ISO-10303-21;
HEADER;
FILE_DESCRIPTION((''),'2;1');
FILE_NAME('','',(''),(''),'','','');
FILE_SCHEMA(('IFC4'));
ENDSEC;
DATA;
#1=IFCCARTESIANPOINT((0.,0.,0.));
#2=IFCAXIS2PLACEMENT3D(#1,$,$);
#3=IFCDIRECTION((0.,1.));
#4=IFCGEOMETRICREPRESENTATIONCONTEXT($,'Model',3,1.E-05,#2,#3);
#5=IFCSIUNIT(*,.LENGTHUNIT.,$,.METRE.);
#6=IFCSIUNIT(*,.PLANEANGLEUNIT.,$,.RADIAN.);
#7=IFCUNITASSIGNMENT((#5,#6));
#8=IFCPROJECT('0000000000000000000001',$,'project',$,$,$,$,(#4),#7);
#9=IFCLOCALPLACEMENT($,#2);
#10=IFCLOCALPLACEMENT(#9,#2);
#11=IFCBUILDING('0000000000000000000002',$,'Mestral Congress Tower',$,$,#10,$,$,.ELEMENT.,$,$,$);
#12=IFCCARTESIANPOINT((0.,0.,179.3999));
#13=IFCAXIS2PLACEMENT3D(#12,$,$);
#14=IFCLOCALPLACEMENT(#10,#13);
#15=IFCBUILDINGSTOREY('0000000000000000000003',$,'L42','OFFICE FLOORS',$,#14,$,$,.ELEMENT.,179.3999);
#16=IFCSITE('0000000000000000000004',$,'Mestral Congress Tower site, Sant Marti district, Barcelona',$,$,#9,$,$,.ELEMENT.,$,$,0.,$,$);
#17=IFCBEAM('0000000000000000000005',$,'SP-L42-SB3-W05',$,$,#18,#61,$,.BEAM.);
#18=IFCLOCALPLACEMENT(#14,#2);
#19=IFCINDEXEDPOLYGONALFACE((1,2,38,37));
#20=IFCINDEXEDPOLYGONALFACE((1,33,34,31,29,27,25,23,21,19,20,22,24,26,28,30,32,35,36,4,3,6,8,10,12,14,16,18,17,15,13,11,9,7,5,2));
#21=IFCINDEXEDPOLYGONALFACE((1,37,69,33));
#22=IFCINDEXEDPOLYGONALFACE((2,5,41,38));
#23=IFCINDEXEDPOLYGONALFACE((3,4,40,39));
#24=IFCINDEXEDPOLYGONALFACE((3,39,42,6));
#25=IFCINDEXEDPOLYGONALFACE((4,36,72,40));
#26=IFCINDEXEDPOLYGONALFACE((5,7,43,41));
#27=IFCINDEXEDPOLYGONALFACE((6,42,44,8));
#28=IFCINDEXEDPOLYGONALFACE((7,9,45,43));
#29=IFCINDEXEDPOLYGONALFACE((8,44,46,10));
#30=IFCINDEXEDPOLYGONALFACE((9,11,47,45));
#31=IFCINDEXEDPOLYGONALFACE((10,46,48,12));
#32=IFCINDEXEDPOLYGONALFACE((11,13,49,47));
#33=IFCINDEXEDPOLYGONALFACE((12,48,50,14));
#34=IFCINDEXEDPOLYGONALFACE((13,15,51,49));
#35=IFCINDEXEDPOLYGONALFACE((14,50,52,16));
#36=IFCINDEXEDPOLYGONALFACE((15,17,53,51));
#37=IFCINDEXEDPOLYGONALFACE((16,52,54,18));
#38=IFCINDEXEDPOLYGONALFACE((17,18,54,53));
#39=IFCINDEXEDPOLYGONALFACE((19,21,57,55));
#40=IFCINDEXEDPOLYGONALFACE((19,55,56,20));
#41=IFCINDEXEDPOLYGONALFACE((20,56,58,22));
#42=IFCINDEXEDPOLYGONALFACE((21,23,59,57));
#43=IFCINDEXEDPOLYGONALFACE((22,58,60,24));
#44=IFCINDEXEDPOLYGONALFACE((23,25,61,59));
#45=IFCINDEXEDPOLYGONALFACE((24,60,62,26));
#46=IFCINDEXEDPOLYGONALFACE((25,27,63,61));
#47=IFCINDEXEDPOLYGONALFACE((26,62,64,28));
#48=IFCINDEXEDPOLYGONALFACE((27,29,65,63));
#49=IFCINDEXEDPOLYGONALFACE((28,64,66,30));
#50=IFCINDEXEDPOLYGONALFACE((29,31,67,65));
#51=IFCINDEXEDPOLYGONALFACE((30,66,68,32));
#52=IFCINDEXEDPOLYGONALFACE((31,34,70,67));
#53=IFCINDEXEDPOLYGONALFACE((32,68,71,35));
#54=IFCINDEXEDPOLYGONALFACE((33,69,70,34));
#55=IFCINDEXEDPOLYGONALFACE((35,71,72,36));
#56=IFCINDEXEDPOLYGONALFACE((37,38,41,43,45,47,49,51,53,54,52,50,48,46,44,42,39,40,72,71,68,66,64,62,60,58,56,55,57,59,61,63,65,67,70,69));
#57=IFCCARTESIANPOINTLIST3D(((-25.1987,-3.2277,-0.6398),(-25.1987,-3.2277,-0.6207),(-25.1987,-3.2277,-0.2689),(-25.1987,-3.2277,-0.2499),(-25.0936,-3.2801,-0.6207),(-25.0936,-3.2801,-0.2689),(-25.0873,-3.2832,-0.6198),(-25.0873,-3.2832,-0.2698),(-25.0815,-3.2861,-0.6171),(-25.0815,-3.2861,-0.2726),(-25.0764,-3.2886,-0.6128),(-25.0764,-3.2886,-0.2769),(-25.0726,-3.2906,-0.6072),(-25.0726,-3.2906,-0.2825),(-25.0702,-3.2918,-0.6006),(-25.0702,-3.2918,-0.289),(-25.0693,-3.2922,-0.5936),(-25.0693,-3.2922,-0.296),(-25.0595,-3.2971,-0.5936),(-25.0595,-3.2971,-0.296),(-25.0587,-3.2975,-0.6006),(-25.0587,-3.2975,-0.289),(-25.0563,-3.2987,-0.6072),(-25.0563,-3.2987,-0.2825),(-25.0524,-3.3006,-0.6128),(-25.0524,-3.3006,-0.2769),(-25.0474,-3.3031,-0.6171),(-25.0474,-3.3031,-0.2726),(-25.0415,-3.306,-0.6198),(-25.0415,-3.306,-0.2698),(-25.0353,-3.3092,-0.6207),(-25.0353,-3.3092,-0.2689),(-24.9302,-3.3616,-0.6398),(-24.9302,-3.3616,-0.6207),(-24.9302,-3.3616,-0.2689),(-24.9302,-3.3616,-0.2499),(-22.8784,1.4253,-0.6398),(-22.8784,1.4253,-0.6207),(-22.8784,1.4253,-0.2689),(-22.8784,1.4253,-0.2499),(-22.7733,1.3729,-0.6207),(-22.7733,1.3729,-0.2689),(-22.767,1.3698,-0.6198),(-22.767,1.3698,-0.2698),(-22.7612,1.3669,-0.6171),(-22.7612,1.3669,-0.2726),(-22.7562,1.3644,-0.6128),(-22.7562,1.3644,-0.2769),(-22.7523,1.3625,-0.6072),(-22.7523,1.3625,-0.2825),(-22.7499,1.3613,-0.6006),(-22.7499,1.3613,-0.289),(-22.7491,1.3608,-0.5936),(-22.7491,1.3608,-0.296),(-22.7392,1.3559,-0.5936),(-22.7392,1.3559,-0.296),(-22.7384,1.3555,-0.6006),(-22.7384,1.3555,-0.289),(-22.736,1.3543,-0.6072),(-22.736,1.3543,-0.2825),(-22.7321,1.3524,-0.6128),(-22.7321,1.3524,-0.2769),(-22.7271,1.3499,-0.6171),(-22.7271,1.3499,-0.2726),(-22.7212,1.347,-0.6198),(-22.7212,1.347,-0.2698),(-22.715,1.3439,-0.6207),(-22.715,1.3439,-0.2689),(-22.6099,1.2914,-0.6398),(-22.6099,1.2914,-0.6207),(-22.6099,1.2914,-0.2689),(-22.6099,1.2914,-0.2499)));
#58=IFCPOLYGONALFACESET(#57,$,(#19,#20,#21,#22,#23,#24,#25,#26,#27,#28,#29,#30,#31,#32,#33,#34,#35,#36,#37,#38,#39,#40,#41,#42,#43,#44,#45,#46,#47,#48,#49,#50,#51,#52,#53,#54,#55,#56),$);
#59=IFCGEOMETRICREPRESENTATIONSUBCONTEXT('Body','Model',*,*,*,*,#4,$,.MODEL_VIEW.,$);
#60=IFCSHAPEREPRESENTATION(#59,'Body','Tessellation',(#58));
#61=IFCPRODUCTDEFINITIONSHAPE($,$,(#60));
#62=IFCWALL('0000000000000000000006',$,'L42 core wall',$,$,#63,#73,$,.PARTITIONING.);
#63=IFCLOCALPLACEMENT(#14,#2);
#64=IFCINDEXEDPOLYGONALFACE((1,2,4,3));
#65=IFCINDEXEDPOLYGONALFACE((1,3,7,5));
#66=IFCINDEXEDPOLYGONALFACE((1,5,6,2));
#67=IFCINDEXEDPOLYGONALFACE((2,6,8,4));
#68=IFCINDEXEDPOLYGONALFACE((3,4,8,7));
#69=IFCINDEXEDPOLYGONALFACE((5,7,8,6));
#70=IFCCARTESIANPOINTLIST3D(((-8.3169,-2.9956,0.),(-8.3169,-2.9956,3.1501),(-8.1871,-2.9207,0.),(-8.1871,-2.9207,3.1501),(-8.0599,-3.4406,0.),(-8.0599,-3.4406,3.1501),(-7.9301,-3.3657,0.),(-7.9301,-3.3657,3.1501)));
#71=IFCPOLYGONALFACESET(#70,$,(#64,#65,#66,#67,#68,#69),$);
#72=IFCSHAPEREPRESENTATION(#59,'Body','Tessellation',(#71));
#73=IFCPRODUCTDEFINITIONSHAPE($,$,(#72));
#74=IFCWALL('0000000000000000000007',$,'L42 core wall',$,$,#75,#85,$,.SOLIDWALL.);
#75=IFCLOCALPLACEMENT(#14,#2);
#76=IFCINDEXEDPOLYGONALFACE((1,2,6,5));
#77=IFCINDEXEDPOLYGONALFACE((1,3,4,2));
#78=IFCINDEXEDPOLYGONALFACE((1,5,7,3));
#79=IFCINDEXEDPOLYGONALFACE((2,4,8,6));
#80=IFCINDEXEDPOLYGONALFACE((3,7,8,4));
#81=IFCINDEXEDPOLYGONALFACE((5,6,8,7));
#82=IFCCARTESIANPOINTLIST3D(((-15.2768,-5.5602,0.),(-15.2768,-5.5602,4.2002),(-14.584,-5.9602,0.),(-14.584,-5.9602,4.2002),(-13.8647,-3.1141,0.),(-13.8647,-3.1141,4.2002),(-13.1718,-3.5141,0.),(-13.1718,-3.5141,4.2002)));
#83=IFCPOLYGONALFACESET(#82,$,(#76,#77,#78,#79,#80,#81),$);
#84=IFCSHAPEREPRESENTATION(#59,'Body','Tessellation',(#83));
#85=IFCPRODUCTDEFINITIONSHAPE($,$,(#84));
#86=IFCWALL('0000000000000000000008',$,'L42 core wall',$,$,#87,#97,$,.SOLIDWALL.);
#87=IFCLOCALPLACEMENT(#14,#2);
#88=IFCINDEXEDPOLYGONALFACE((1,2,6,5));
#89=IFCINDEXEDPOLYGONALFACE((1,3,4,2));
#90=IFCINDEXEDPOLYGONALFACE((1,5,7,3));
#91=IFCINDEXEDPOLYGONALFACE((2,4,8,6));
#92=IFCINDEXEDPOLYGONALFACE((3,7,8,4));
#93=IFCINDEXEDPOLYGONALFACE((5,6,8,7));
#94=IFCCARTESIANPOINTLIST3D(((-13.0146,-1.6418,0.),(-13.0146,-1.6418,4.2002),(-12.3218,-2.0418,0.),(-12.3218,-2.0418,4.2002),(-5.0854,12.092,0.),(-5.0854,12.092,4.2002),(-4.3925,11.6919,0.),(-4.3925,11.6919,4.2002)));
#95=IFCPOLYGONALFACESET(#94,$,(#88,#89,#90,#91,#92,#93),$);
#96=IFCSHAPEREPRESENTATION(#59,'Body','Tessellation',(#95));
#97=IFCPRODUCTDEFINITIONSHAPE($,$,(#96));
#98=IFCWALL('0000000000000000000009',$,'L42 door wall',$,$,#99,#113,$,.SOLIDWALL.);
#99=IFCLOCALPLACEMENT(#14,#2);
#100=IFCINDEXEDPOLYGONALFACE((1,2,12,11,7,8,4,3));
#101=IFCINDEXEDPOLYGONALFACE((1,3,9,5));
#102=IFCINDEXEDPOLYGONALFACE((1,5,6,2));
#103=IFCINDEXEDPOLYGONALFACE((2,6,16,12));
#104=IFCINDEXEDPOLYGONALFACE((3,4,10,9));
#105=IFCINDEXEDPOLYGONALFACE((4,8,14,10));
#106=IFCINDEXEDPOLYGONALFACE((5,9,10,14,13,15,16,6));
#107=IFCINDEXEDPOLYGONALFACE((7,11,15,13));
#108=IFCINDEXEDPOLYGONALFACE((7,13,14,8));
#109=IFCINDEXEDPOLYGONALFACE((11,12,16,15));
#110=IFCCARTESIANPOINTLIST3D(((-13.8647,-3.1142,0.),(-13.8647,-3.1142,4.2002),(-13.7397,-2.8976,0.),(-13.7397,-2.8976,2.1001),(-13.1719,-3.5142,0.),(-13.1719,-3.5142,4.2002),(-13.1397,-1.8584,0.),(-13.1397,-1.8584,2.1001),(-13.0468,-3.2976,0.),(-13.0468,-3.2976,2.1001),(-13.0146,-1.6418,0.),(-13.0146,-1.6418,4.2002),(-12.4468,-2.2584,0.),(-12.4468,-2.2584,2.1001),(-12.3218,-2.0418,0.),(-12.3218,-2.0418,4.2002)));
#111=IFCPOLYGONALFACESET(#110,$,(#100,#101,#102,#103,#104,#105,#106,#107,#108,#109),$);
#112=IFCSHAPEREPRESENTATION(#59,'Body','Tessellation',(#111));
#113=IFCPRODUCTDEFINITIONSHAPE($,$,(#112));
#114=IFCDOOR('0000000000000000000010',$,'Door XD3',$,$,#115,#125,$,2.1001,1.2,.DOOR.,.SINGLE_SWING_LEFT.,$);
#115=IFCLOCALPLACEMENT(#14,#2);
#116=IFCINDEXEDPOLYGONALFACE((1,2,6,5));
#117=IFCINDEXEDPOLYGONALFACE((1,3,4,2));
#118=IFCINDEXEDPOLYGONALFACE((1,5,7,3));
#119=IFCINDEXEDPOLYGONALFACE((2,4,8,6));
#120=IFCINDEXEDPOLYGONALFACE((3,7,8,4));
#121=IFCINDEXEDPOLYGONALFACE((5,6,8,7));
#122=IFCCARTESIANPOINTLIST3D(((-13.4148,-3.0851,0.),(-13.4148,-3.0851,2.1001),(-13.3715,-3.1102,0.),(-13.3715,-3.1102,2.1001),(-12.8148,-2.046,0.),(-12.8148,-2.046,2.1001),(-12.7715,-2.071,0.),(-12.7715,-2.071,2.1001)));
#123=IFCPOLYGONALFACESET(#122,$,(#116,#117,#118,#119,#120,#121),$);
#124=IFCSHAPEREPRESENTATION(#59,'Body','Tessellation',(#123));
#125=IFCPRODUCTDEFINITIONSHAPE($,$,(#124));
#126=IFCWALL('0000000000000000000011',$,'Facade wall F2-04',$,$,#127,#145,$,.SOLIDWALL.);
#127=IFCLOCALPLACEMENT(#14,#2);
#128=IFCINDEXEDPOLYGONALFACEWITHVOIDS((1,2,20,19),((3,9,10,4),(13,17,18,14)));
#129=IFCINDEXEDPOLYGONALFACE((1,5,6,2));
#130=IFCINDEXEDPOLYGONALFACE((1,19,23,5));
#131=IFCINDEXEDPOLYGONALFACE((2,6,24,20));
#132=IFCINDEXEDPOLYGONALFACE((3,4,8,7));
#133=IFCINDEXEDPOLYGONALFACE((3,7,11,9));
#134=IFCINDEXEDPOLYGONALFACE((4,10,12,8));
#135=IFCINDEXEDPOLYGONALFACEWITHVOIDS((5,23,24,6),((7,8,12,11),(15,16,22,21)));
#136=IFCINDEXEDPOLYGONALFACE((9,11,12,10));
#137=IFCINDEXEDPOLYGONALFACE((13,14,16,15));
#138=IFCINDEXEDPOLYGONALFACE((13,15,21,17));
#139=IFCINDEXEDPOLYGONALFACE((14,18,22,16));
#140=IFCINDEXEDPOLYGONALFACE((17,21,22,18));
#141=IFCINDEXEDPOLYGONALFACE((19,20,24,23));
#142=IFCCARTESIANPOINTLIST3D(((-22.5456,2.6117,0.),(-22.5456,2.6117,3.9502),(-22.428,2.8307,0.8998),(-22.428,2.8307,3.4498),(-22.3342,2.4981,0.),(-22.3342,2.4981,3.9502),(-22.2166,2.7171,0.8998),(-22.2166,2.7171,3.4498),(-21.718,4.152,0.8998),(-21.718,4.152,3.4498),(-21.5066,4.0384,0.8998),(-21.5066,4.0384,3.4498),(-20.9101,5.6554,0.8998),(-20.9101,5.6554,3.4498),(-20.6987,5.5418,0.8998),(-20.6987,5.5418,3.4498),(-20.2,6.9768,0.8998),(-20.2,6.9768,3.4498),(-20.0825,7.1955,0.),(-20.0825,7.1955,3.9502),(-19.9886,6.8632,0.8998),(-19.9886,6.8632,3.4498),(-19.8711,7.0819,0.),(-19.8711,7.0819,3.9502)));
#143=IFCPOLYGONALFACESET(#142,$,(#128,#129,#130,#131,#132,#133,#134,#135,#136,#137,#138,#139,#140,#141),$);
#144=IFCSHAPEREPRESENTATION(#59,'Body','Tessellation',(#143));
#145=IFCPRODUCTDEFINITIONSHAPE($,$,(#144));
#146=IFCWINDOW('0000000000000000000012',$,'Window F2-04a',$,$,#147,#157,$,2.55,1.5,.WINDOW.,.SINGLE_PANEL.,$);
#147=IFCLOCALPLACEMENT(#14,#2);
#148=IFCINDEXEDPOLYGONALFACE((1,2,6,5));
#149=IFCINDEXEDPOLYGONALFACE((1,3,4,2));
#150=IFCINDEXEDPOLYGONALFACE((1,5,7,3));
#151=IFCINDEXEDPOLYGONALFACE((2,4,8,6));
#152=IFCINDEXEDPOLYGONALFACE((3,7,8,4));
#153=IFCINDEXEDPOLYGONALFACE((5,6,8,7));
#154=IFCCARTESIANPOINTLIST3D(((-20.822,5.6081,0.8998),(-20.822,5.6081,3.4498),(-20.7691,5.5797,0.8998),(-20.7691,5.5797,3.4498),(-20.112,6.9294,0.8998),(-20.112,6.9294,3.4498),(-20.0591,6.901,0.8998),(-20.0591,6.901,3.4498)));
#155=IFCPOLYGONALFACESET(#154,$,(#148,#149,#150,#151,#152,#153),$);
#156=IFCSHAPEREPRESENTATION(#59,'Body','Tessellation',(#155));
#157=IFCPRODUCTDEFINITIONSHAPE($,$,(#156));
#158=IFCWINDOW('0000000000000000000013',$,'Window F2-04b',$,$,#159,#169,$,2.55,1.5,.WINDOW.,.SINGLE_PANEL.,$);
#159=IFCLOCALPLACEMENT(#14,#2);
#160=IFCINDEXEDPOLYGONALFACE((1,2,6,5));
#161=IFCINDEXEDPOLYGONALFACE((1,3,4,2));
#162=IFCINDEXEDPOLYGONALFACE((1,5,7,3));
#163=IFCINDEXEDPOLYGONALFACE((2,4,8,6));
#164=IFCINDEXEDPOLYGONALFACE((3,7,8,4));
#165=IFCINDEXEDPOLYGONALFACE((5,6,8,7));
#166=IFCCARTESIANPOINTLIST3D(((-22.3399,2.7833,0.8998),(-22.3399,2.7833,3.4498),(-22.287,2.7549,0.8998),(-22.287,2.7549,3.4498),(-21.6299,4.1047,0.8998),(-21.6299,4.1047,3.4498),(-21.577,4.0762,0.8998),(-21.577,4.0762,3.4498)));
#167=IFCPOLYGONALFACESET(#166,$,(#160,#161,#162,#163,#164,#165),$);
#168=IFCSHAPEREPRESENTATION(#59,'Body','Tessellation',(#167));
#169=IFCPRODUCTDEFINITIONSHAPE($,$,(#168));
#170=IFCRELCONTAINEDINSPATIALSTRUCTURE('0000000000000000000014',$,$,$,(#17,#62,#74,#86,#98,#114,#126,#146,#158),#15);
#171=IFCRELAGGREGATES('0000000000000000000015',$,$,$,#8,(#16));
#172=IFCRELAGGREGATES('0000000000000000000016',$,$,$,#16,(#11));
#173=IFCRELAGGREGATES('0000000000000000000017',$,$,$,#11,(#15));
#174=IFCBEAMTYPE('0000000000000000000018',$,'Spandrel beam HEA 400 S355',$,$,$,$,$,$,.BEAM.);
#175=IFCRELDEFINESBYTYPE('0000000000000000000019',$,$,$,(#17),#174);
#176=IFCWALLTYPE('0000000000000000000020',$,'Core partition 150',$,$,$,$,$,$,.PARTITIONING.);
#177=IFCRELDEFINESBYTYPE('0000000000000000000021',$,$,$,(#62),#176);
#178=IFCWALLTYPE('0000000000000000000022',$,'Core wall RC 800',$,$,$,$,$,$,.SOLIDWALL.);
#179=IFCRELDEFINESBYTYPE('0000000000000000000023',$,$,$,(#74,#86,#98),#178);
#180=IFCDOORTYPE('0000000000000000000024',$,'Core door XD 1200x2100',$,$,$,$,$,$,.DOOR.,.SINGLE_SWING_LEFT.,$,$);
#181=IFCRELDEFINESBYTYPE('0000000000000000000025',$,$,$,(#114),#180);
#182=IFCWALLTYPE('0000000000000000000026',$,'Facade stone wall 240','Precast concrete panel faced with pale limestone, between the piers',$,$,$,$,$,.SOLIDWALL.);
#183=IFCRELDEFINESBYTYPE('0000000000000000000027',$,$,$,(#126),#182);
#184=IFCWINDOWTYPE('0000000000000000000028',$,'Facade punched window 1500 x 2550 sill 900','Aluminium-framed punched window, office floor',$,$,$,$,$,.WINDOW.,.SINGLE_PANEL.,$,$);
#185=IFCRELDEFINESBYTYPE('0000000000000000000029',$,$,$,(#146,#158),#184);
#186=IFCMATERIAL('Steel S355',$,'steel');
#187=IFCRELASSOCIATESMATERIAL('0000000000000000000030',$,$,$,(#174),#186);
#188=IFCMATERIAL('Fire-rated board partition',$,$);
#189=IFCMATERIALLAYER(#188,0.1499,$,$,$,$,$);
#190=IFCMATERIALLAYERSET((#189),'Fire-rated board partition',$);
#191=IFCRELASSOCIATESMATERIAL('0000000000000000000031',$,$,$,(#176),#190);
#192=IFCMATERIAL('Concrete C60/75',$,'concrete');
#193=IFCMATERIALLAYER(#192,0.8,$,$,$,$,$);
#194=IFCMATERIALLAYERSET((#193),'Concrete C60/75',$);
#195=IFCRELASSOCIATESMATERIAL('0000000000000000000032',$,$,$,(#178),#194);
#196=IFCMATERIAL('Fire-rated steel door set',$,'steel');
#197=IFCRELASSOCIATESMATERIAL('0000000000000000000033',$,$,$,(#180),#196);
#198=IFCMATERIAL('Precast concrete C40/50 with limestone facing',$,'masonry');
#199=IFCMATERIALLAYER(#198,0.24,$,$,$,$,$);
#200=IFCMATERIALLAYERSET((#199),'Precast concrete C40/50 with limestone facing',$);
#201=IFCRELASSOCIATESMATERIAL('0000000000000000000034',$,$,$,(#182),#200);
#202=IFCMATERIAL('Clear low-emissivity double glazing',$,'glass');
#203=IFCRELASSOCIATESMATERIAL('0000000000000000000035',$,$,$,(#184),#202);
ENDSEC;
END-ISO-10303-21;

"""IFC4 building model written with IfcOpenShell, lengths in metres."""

from ifc_helpers import new_model, si_unit, direction, frame, frame_2d, origin, origin_2d, place, context, subcontext, project, spatial, rectangle, i_section, extrude, material, layer, layer_set, material_profile, profile_set, type_object, element, fill, save


model = new_model("IFC4")

# Units and contexts
model_context = context("Model", 3, precision=1e-05, world=origin(), true_north=direction((0.0, 1.0)))
body_context = subcontext(model_context, "Body", "Model", "MODEL_VIEW")
ifc_project = project(units=[si_unit("LENGTHUNIT", "METRE"), si_unit("PLANEANGLEUNIT", "RADIAN")], contexts=[model_context])

# Site, building, storey
site_placement = place(None, origin())
site = spatial("IfcSite", under=ifc_project, at=site_placement, Name="Mestral Congress Tower site, Sant Marti district, Barcelona", CompositionType="ELEMENT", RefElevation=0.0)
building_placement = place(site_placement, origin())
building = spatial("IfcBuilding", under=site, at=building_placement, Name="Mestral Congress Tower", CompositionType="ELEMENT")
storey_placement = place(building_placement, frame((0.0, 0.0, 179.3999)))
storey = spatial("IfcBuildingStorey", under=building, at=storey_placement, Name="L42", Description="OFFICE FLOORS", CompositionType="ELEMENT", Elevation=179.3999)

# Shared definitions
ifc_material_1 = material(Name="Concrete C60/75", Category="concrete")

# Beam
ifc_material_2 = material(Name="Steel S355", Category="steel")
ifc_material_profile_1 = material_profile(ifc_material_2, i_section(OverallWidth=0.3, OverallDepth=0.3899, WebThickness=0.011, FlangeThickness=0.019, FilletRadius=0.0271, at=origin_2d()), Name="HEA 400")
ifc_profile_set_1 = profile_set([ifc_material_profile_1], Name="Steel S355")
beam_type_1 = type_object("IfcBeamType", Name="Spandrel beam HEA 400 S355", PredefinedType="BEAM", material=ifc_profile_set_1)
beam_1_placement = place(storey_placement, frame((-22.7441, 1.3584, -0.4448), z_axis=(-0.446255, -0.894906, 0.0), x_axis=(0.894906, -0.446255, 0.0)))
element("IfcBeam", 1, at=beam_1_placement, inside=storey, type_object=beam_type_1, Name="SP-L42-SB3-W05", PredefinedType="BEAM", context=body_context, shape_type="SweptSolid", body=[
    extrude(i_section(OverallWidth=0.3, OverallDepth=0.3899, WebThickness=0.011, FlangeThickness=0.019, FilletRadius=0.0271, at=origin_2d()), origin(), (0.0, 0.0, 1.0), 5.1995),
])

# Walls
ifc_material_3 = material(Name="Fire-rated board partition")
ifc_layer_1 = layer(ifc_material_3, 0.1499)
ifc_layer_set_1 = layer_set([ifc_layer_1], Name="Fire-rated board partition")
wall_type_1 = type_object("IfcWallType", Name="Core partition 150", PredefinedType="PARTITIONING", material=ifc_layer_set_1)
wall_1_placement = place(storey_placement, frame((-8.252, -2.9583, 0.0), z_axis=(0.0, 0.0, 1.0), x_axis=(0.500175, -0.865925, 0.0)))
element("IfcWall", 2, at=wall_1_placement, inside=storey, type_object=wall_type_1, Name="L42 core wall", PredefinedType="PARTITIONING", context=body_context, shape_type="SweptSolid", body=[
    extrude(rectangle(XDim=0.5139, YDim=0.1499, at=frame_2d((0.2568, 0.0))), origin(), (0.0, 0.0, 1.0), 3.1501),
])
ifc_layer_2 = layer(ifc_material_1, 0.8)
ifc_layer_set_2 = layer_set([ifc_layer_2], Name="Concrete C60/75")
wall_type_2 = type_object("IfcWallType", Name="Core wall RC 800", PredefinedType="SOLIDWALL", material=ifc_layer_set_2)
wall_2_placement = place(storey_placement, frame((-13.5183, -3.3142, 0.0), z_axis=(0.0, 0.0, 1.0), x_axis=(-0.499969, -0.866043, 0.0)))
element("IfcWall", 3, at=wall_2_placement, inside=storey, type_object=wall_type_2, Name="L42 core wall", PredefinedType="SOLIDWALL", context=body_context, shape_type="SweptSolid", body=[
    extrude(rectangle(XDim=2.8245, YDim=0.8, at=frame_2d((1.4121, 0.0))), origin(), (0.0, 0.0, 1.0), 4.2002),
])
wall_3_placement = place(storey_placement, frame((-12.6682, -1.8418, 0.0), z_axis=(0.0, 0.0, 1.0), x_axis=(0.500004, 0.866023, 0.0)))
element("IfcWall", 4, at=wall_3_placement, inside=storey, type_object=wall_type_2, Name="L42 core wall", PredefinedType="SOLIDWALL", context=body_context, shape_type="SweptSolid", body=[
    extrude(rectangle(XDim=15.8584, YDim=0.8, at=frame_2d((7.9292, 0.0))), origin(), (0.0, 0.0, 1.0), 4.2002),
])

# Wall, opening, door
wall_4_placement = place(storey_placement, frame((-13.5183, -3.3142, 0.0), z_axis=(0.0, 0.0, 1.0), x_axis=(0.5, 0.866025, 0.0)))
wall_4 = element("IfcWall", 5, at=wall_4_placement, inside=storey, type_object=wall_type_2, Name="L42 door wall", PredefinedType="SOLIDWALL", context=body_context, shape_type="SweptSolid", body=[
    extrude(rectangle(XDim=1.7002, YDim=0.8, at=frame_2d((0.8501, 0.0))), origin(), (0.0, 0.0, 1.0), 4.2002),
])
opening_1_placement = place(wall_4_placement, frame((0.25, 0.0, 0.0)))
opening_1 = element("IfcOpeningElement", 6, at=opening_1_placement, cuts=wall_4, PredefinedType="OPENING", context=body_context, shape_type="SweptSolid", body=[
    extrude(rectangle(XDim=1.2, YDim=2.1001, at=frame_2d((0.6001, 1.05))), frame((0.0, 0.4099, 0.0), z_axis=(0.0, -1.0, 0.0), x_axis=(1.0, 0.0, 0.0)), (0.0, 0.0, 1.0), 0.8201),
])
ifc_material_4 = material(Name="Fire-rated steel door set", Category="steel")
door_type_1 = type_object("IfcDoorType", Name="Core door XD 1200x2100", OperationType="SINGLE_SWING_LEFT", PredefinedType="DOOR", material=ifc_material_4)
door_1_placement = place(opening_1_placement, origin())
door_1 = element("IfcDoor", 7, at=door_1_placement, inside=storey, type_object=door_type_1, Name="Door XD3", OperationType="SINGLE_SWING_LEFT", OverallHeight=2.1001, OverallWidth=1.2, PredefinedType="DOOR", context=body_context, shape_type="SweptSolid", body=[
    extrude(rectangle(XDim=1.2, YDim=2.1001, at=frame_2d((0.6001, 1.05))), frame((0.0, 0.0249, 0.0), z_axis=(0.0, -1.0, 0.0), x_axis=(1.0, 0.0, 0.0)), (0.0, 0.0, 1.0), 0.05),
])
fill(opening_1, door_1)

# Wall, openings, windows
ifc_material_5 = material(Name="Precast concrete C40/50 with limestone facing", Category="masonry")
ifc_layer_3 = layer(ifc_material_5, 0.24)
ifc_layer_set_3 = layer_set([ifc_layer_3], Name="Precast concrete C40/50 with limestone facing")
wall_type_3 = type_object("IfcWallType", Name="Facade stone wall 240", Description="Precast concrete panel faced with pale limestone, between the piers", PredefinedType="SOLIDWALL", material=ifc_layer_set_3)
wall_5_placement = place(storey_placement, frame((-19.9768, 7.1387, 0.0), z_axis=(0.0, 0.0, 1.0), x_axis=(-0.47335, -0.880875, 0.0)))
wall_5 = element("IfcWall", 8, at=wall_5_placement, inside=storey, type_object=wall_type_3, Name="Facade wall F2-04", PredefinedType="SOLIDWALL", context=body_context, shape_type="SweptSolid", body=[
    extrude(rectangle(XDim=5.2036, YDim=0.24, at=frame_2d((2.6018, 0.0))), origin(), (0.0, 0.0, 1.0), 3.9502),
])
opening_2_placement = place(wall_5_placement, frame((0.2483, 0.0, 0.8999)))
opening_2 = element("IfcOpeningElement", 9, at=opening_2_placement, cuts=wall_5, PredefinedType="OPENING", context=body_context, shape_type="SweptSolid", body=[
    extrude(rectangle(XDim=1.5, YDim=2.55, at=frame_2d((0.75, 1.2749))), frame((0.0, 0.1299, 0.0), z_axis=(0.0, -1.0, 0.0), x_axis=(1.0, 0.0, 0.0)), (0.0, 0.0, 1.0), 0.26),
])
opening_3_placement = place(wall_5_placement, frame((3.4551, 0.0, 0.8999)))
opening_3 = element("IfcOpeningElement", 10, at=opening_3_placement, cuts=wall_5, PredefinedType="OPENING", context=body_context, shape_type="SweptSolid", body=[
    extrude(rectangle(XDim=1.5, YDim=2.55, at=frame_2d((0.75, 1.2749))), frame((0.0, 0.1299, 0.0), z_axis=(0.0, -1.0, 0.0), x_axis=(1.0, 0.0, 0.0)), (0.0, 0.0, 1.0), 0.26),
])
ifc_material_6 = material(Name="Clear low-emissivity double glazing", Category="glass")
window_type = type_object("IfcWindowType", Name="Facade punched window 1500 x 2550 sill 900", Description="Aluminium-framed punched window, office floor", PartitioningType="SINGLE_PANEL", PredefinedType="WINDOW", material=ifc_material_6)
window_1_placement = place(opening_2_placement, origin())
window_1 = element("IfcWindow", 11, at=window_1_placement, inside=storey, type_object=window_type, Name="Window F2-04a", OverallHeight=2.55, OverallWidth=1.5, PartitioningType="SINGLE_PANEL", PredefinedType="WINDOW", context=body_context, shape_type="SweptSolid", body=[
    extrude(rectangle(XDim=1.5, YDim=2.55, at=frame_2d((0.75, 1.2749))), frame((0.0, 0.04, 0.0), z_axis=(0.0, -1.0, 0.0), x_axis=(1.0, 0.0, 0.0)), (0.0, 0.0, 1.0), 0.0601),
])
fill(opening_2, window_1)
window_2_placement = place(opening_3_placement, origin())
window_2 = element("IfcWindow", 12, at=window_2_placement, inside=storey, type_object=window_type, Name="Window F2-04b", OverallHeight=2.55, OverallWidth=1.5, PartitioningType="SINGLE_PANEL", PredefinedType="WINDOW", context=body_context, shape_type="SweptSolid", body=[
    extrude(rectangle(XDim=1.5, YDim=2.55, at=frame_2d((0.75, 1.2749))), frame((0.0, 0.04, 0.0), z_axis=(0.0, -1.0, 0.0), x_axis=(1.0, 0.0, 0.0)), (0.0, 0.0, 1.0), 0.0601),
])
fill(opening_3, window_2)

save(model, "model.ifc")
